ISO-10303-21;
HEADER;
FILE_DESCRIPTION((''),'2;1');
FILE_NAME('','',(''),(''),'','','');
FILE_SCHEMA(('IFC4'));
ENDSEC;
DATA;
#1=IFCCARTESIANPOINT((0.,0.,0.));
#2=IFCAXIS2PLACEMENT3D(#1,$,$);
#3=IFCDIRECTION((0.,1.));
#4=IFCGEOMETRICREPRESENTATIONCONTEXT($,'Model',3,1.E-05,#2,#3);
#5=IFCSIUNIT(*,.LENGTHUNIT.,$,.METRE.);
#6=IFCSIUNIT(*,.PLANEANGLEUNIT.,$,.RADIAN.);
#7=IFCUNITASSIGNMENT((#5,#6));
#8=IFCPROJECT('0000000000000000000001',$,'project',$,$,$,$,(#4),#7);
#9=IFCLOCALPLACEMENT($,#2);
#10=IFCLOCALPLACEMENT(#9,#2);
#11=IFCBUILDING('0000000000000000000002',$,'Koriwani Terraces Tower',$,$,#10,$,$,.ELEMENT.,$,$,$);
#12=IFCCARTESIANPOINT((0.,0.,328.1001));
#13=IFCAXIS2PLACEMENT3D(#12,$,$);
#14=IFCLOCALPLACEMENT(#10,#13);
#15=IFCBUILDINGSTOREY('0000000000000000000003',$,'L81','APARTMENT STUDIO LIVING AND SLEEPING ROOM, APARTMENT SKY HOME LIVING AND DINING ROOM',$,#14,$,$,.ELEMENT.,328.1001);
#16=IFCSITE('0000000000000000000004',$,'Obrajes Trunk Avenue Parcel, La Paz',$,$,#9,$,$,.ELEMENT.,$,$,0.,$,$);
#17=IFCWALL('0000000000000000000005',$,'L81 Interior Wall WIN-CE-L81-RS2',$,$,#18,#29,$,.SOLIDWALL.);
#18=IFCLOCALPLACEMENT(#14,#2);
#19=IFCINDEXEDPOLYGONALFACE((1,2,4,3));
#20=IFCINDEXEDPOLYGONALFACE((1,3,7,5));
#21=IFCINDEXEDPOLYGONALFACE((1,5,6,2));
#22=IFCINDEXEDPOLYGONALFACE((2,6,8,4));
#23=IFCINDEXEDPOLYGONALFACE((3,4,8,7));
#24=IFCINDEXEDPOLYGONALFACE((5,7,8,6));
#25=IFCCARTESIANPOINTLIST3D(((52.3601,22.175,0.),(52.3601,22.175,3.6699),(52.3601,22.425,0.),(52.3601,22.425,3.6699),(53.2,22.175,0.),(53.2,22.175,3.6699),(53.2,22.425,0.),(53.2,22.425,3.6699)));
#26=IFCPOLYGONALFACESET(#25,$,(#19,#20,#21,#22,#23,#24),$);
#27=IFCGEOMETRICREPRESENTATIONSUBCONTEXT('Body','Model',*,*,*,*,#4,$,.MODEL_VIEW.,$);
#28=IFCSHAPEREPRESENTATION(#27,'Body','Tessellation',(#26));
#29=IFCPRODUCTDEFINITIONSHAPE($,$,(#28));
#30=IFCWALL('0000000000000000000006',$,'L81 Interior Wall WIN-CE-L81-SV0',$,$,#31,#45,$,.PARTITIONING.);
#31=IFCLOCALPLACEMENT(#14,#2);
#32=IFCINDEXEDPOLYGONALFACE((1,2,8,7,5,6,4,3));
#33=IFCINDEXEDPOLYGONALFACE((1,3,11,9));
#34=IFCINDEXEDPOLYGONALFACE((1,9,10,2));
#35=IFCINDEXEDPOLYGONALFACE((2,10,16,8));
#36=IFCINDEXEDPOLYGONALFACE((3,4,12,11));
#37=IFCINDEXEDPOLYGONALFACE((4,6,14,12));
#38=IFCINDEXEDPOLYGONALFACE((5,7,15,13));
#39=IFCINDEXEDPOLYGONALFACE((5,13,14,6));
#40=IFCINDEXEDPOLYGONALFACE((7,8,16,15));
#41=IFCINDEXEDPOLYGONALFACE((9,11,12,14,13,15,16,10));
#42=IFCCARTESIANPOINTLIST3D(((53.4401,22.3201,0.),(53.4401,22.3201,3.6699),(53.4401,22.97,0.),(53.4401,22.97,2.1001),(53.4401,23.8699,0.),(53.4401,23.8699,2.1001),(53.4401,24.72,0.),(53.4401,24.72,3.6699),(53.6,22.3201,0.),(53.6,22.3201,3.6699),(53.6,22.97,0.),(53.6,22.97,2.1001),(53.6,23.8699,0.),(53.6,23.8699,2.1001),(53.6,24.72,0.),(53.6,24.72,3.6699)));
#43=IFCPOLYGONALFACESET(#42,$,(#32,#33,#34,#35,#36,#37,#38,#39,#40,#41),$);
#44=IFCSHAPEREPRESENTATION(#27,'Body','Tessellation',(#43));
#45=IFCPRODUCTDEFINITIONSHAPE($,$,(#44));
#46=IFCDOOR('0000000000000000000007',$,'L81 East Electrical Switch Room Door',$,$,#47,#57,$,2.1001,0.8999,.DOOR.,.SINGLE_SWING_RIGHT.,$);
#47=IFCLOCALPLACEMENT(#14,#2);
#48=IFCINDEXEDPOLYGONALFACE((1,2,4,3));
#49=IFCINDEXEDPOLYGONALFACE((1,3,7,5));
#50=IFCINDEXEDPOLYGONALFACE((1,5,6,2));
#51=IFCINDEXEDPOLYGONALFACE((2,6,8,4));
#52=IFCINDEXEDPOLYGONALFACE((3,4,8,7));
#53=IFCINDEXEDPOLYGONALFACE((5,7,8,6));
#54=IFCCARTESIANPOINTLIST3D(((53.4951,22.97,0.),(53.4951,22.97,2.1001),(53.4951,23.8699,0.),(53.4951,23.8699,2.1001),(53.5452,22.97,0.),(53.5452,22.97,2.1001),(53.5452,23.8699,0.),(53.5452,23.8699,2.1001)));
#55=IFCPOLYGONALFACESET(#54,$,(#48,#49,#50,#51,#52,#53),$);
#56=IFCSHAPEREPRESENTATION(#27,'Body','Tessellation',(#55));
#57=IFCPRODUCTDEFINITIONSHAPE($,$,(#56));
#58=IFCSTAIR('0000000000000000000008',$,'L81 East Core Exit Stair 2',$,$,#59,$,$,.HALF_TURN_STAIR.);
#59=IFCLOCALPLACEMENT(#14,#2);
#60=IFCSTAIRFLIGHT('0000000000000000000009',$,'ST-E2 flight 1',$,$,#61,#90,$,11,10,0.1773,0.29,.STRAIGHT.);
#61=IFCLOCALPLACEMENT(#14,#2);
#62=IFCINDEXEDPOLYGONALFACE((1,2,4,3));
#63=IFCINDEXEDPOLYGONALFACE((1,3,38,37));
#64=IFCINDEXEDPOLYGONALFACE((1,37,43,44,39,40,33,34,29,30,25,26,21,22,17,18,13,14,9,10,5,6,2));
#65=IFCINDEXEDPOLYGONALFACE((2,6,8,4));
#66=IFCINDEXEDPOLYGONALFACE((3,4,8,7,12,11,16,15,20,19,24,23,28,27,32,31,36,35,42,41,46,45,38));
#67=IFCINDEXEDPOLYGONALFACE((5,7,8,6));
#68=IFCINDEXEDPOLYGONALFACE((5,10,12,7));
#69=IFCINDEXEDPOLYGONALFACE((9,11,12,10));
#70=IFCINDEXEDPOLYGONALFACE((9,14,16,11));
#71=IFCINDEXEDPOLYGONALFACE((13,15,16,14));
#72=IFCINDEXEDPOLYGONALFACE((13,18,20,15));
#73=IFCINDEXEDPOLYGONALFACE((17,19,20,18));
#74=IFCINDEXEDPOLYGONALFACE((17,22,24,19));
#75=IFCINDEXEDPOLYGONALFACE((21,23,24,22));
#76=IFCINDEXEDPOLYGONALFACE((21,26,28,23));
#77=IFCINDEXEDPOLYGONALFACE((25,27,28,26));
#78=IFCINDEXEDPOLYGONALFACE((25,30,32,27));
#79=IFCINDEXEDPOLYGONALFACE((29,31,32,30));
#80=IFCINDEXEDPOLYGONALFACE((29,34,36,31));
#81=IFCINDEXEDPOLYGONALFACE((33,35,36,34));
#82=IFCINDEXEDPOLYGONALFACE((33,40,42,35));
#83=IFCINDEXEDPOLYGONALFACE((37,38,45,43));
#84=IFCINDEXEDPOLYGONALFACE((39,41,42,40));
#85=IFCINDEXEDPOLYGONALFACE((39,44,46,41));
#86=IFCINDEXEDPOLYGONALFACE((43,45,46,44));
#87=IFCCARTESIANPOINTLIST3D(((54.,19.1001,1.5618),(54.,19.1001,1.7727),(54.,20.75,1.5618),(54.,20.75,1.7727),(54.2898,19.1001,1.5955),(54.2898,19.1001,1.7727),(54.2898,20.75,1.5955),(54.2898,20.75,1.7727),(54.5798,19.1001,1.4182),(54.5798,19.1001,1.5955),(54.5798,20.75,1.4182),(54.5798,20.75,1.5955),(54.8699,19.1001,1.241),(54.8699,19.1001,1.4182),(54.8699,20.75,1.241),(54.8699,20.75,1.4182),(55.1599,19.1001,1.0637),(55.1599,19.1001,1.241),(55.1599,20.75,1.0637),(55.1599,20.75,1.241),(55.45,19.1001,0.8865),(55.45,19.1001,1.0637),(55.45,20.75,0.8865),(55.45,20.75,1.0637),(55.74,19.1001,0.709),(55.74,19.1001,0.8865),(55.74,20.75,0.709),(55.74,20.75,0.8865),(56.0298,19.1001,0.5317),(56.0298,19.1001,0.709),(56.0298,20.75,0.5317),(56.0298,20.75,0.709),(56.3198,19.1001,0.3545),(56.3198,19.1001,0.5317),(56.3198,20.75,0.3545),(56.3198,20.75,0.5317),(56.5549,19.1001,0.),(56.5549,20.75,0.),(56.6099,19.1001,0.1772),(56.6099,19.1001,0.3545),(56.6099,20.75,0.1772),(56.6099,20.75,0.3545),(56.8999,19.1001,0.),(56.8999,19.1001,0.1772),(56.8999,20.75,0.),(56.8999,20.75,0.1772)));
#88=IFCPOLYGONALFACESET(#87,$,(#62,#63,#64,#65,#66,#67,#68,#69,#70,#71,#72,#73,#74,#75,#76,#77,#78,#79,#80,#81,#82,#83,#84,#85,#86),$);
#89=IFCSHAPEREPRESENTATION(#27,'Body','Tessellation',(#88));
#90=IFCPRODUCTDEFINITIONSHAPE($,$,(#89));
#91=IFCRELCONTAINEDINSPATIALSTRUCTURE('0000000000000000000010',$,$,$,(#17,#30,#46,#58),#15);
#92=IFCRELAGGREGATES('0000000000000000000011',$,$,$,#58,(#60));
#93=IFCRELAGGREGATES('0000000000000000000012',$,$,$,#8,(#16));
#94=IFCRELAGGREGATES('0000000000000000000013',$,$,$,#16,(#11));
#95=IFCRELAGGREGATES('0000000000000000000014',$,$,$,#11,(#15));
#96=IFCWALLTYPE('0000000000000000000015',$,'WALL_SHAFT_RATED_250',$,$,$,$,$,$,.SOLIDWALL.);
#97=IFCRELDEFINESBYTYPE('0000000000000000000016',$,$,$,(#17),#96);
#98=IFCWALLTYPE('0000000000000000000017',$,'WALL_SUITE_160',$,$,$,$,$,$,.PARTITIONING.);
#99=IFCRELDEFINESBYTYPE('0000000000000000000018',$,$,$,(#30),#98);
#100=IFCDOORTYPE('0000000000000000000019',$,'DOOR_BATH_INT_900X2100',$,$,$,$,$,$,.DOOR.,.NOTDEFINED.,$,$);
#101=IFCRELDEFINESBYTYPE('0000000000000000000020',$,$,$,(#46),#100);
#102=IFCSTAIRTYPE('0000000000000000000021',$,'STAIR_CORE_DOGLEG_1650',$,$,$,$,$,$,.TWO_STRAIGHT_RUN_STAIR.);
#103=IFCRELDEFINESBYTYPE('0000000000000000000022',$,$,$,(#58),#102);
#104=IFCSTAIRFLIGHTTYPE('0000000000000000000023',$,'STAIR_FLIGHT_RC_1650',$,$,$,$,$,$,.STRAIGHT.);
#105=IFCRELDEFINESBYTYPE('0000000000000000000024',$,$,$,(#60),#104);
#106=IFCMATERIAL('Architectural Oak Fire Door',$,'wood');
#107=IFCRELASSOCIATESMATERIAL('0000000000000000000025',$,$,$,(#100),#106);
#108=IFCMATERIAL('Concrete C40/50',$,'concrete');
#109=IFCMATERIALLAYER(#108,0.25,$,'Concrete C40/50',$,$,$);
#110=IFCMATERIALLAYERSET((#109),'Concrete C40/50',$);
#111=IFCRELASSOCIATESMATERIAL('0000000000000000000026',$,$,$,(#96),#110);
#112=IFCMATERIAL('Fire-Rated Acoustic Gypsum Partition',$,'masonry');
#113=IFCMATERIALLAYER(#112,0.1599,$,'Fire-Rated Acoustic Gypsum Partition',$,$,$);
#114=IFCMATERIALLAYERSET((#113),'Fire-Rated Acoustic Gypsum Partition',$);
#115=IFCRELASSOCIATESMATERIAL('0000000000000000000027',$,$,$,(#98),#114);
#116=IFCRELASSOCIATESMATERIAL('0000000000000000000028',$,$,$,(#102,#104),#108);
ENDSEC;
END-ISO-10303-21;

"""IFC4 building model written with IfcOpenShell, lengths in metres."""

from ifc_helpers import new_model, si_unit, direction, frame, frame_2d, origin, place, context, subcontext, project, spatial, polyline, rectangle, outline, extrude, material, layer, layer_set, type_object, element, fill, aggregate, save


model = new_model("IFC4")

# Units and contexts
model_context = context("Model", 3, precision=1e-05, world=origin(), true_north=direction((0.0, 1.0)))
body_context = subcontext(model_context, "Body", "Model", "MODEL_VIEW")
ifc_project = project(units=[si_unit("LENGTHUNIT", "METRE"), si_unit("PLANEANGLEUNIT", "RADIAN")], contexts=[model_context])

# Site, building, storey
site_placement = place(None, origin())
site = spatial("IfcSite", under=ifc_project, at=site_placement, Name="Obrajes Trunk Avenue Parcel, La Paz", CompositionType="ELEMENT", RefElevation=0.0)
building_placement = place(site_placement, origin())
building = spatial("IfcBuilding", under=site, at=building_placement, Name="Koriwani Terraces Tower", CompositionType="ELEMENT")
storey_placement = place(building_placement, frame((0.0, 0.0, 328.1001)))
storey = spatial("IfcBuildingStorey", under=building, at=storey_placement, Name="L81", Description="APARTMENT STUDIO LIVING AND SLEEPING ROOM, APARTMENT SKY HOME LIVING AND DINING ROOM", CompositionType="ELEMENT", Elevation=328.1001)

# Shared definitions
ifc_material_1 = material(Name="Concrete C40/50", Category="concrete")

# Shared definitions
ifc_material_2 = material(Name="Fire-Rated Acoustic Gypsum Partition", Category="masonry")
ifc_material_3 = material(Name="Architectural Oak Fire Door", Category="wood")
door_type_1 = type_object("IfcDoorType", Name="DOOR_BATH_INT_900X2100", OperationType="NOTDEFINED", PredefinedType="DOOR", material=ifc_material_3)

# Shared definitions
ifc_layer_1 = layer(ifc_material_1, 0.25, Name="Concrete C40/50")
ifc_layer_set_1 = layer_set([ifc_layer_1], Name="Concrete C40/50")
wall_type_1 = type_object("IfcWallType", Name="WALL_SHAFT_RATED_250", PredefinedType="SOLIDWALL", material=ifc_layer_set_1)

# Wall
wall_1_placement = place(storey_placement, frame((52.3601, 22.3, 0.0), z_axis=(0.0, 0.0, 1.0), x_axis=(1.0, 0.0, 0.0)))
element("IfcWall", 1, at=wall_1_placement, inside=storey, type_object=wall_type_1, Name="L81 Interior Wall WIN-CE-L81-RS2", PredefinedType="SOLIDWALL", context=body_context, shape_type="SweptSolid", body=[
    extrude(rectangle(XDim=0.8398, YDim=0.25, at=frame_2d((0.4199, 0.0))), origin(), (0.0, 0.0, 1.0), 3.6699),
])

# Wall, opening, door
ifc_layer_2 = layer(ifc_material_2, 0.1599, Name="Fire-Rated Acoustic Gypsum Partition")
ifc_layer_set_2 = layer_set([ifc_layer_2], Name="Fire-Rated Acoustic Gypsum Partition")
wall_type_2 = type_object("IfcWallType", Name="WALL_SUITE_160", PredefinedType="PARTITIONING", material=ifc_layer_set_2)
wall_2_placement = place(storey_placement, frame((53.52, 22.3201, 0.0), z_axis=(0.0, 0.0, 1.0), x_axis=(0.0, 1.0, 0.0)))
wall_2 = element("IfcWall", 2, at=wall_2_placement, inside=storey, type_object=wall_type_2, Name="L81 Interior Wall WIN-CE-L81-SV0", PredefinedType="PARTITIONING", context=body_context, shape_type="SweptSolid", body=[
    extrude(rectangle(XDim=2.3999, YDim=0.1599, at=frame_2d((1.2, 0.0))), origin(), (0.0, 0.0, 1.0), 3.6699),
])
opening_1_placement = place(wall_2_placement, frame((0.6499, 0.0, 0.0)))
opening_1 = element("IfcOpeningElement", 3, at=opening_1_placement, cuts=wall_2, PredefinedType="OPENING", context=body_context, shape_type="SweptSolid", body=[
    extrude(rectangle(XDim=0.8999, YDim=2.1001, at=frame_2d((0.45, 1.05))), frame((0.0, 0.0898, 0.0), z_axis=(0.0, -1.0, 0.0), x_axis=(1.0, 0.0, 0.0)), (0.0, 0.0, 1.0), 0.1799),
])
door_1_placement = place(opening_1_placement, origin())
door_1 = element("IfcDoor", 4, at=door_1_placement, inside=storey, type_object=door_type_1, Name="L81 East Electrical Switch Room Door", OperationType="SINGLE_SWING_RIGHT", OverallHeight=2.1001, OverallWidth=0.8999, PredefinedType="DOOR", context=body_context, shape_type="SweptSolid", body=[
    extrude(rectangle(XDim=0.8999, YDim=2.1001, at=frame_2d((0.45, 1.05))), frame((0.0, 0.0249, 0.0), z_axis=(0.0, -1.0, 0.0), x_axis=(1.0, 0.0, 0.0)), (0.0, 0.0, 1.0), 0.05),
])
fill(opening_1, door_1)

# Stair, stair flight
stair_type = type_object("IfcStairType", Name="STAIR_CORE_DOGLEG_1650", PredefinedType="TWO_STRAIGHT_RUN_STAIR", material=ifc_material_1)
stair_placement = place(storey_placement, origin())
stair = element("IfcStair", 5, at=stair_placement, inside=storey, type_object=stair_type, Name="L81 East Core Exit Stair 2", PredefinedType="HALF_TURN_STAIR")
stair_flight_type = type_object("IfcStairFlightType", Name="STAIR_FLIGHT_RC_1650", PredefinedType="STRAIGHT", material=ifc_material_1)
stair_flight_placement = place(storey_placement, frame((56.8999, 19.925, 0.0), z_axis=(0.0, 0.0, 1.0), x_axis=(-1.0, 0.0, 0.0)))
stair_flight = element("IfcStairFlight", 6, at=stair_flight_placement, type_object=stair_flight_type, Name="ST-E2 flight 1", NumberOfRisers=11, NumberOfTreads=10, PredefinedType="STRAIGHT", RiserHeight=0.1773, TreadLength=0.29, context=body_context, shape_type="SweptSolid", body=[
    extrude(outline(polyline([(0.0, 0.0), (0.0, 0.1772), (0.29, 0.1772), (0.29, 0.3545), (0.5801, 0.3545), (0.5801, 0.5317), (0.8701, 0.5317), (0.8701, 0.709), (1.1599, 0.709), (1.1599, 0.8865), (1.45, 0.8865), (1.45, 1.0637), (1.74, 1.0637), (1.74, 1.241), (2.03, 1.241), (2.03, 1.4182), (2.3201, 1.4182), (2.3201, 1.5955), (2.6101, 1.5955), (2.6101, 1.7727), (2.8999, 1.7727), (2.8999, 1.95), (2.8999, 1.5618), (0.345, 0.0), (0.0, 0.0)])), frame((0.0, 0.825, 0.0), z_axis=(0.0, -1.0, 0.0), x_axis=(1.0, 0.0, 0.0)), (0.0, 0.0, 1.0), 1.6499),
])
aggregate(stair, [stair_flight])

save(model, "model.ifc")
